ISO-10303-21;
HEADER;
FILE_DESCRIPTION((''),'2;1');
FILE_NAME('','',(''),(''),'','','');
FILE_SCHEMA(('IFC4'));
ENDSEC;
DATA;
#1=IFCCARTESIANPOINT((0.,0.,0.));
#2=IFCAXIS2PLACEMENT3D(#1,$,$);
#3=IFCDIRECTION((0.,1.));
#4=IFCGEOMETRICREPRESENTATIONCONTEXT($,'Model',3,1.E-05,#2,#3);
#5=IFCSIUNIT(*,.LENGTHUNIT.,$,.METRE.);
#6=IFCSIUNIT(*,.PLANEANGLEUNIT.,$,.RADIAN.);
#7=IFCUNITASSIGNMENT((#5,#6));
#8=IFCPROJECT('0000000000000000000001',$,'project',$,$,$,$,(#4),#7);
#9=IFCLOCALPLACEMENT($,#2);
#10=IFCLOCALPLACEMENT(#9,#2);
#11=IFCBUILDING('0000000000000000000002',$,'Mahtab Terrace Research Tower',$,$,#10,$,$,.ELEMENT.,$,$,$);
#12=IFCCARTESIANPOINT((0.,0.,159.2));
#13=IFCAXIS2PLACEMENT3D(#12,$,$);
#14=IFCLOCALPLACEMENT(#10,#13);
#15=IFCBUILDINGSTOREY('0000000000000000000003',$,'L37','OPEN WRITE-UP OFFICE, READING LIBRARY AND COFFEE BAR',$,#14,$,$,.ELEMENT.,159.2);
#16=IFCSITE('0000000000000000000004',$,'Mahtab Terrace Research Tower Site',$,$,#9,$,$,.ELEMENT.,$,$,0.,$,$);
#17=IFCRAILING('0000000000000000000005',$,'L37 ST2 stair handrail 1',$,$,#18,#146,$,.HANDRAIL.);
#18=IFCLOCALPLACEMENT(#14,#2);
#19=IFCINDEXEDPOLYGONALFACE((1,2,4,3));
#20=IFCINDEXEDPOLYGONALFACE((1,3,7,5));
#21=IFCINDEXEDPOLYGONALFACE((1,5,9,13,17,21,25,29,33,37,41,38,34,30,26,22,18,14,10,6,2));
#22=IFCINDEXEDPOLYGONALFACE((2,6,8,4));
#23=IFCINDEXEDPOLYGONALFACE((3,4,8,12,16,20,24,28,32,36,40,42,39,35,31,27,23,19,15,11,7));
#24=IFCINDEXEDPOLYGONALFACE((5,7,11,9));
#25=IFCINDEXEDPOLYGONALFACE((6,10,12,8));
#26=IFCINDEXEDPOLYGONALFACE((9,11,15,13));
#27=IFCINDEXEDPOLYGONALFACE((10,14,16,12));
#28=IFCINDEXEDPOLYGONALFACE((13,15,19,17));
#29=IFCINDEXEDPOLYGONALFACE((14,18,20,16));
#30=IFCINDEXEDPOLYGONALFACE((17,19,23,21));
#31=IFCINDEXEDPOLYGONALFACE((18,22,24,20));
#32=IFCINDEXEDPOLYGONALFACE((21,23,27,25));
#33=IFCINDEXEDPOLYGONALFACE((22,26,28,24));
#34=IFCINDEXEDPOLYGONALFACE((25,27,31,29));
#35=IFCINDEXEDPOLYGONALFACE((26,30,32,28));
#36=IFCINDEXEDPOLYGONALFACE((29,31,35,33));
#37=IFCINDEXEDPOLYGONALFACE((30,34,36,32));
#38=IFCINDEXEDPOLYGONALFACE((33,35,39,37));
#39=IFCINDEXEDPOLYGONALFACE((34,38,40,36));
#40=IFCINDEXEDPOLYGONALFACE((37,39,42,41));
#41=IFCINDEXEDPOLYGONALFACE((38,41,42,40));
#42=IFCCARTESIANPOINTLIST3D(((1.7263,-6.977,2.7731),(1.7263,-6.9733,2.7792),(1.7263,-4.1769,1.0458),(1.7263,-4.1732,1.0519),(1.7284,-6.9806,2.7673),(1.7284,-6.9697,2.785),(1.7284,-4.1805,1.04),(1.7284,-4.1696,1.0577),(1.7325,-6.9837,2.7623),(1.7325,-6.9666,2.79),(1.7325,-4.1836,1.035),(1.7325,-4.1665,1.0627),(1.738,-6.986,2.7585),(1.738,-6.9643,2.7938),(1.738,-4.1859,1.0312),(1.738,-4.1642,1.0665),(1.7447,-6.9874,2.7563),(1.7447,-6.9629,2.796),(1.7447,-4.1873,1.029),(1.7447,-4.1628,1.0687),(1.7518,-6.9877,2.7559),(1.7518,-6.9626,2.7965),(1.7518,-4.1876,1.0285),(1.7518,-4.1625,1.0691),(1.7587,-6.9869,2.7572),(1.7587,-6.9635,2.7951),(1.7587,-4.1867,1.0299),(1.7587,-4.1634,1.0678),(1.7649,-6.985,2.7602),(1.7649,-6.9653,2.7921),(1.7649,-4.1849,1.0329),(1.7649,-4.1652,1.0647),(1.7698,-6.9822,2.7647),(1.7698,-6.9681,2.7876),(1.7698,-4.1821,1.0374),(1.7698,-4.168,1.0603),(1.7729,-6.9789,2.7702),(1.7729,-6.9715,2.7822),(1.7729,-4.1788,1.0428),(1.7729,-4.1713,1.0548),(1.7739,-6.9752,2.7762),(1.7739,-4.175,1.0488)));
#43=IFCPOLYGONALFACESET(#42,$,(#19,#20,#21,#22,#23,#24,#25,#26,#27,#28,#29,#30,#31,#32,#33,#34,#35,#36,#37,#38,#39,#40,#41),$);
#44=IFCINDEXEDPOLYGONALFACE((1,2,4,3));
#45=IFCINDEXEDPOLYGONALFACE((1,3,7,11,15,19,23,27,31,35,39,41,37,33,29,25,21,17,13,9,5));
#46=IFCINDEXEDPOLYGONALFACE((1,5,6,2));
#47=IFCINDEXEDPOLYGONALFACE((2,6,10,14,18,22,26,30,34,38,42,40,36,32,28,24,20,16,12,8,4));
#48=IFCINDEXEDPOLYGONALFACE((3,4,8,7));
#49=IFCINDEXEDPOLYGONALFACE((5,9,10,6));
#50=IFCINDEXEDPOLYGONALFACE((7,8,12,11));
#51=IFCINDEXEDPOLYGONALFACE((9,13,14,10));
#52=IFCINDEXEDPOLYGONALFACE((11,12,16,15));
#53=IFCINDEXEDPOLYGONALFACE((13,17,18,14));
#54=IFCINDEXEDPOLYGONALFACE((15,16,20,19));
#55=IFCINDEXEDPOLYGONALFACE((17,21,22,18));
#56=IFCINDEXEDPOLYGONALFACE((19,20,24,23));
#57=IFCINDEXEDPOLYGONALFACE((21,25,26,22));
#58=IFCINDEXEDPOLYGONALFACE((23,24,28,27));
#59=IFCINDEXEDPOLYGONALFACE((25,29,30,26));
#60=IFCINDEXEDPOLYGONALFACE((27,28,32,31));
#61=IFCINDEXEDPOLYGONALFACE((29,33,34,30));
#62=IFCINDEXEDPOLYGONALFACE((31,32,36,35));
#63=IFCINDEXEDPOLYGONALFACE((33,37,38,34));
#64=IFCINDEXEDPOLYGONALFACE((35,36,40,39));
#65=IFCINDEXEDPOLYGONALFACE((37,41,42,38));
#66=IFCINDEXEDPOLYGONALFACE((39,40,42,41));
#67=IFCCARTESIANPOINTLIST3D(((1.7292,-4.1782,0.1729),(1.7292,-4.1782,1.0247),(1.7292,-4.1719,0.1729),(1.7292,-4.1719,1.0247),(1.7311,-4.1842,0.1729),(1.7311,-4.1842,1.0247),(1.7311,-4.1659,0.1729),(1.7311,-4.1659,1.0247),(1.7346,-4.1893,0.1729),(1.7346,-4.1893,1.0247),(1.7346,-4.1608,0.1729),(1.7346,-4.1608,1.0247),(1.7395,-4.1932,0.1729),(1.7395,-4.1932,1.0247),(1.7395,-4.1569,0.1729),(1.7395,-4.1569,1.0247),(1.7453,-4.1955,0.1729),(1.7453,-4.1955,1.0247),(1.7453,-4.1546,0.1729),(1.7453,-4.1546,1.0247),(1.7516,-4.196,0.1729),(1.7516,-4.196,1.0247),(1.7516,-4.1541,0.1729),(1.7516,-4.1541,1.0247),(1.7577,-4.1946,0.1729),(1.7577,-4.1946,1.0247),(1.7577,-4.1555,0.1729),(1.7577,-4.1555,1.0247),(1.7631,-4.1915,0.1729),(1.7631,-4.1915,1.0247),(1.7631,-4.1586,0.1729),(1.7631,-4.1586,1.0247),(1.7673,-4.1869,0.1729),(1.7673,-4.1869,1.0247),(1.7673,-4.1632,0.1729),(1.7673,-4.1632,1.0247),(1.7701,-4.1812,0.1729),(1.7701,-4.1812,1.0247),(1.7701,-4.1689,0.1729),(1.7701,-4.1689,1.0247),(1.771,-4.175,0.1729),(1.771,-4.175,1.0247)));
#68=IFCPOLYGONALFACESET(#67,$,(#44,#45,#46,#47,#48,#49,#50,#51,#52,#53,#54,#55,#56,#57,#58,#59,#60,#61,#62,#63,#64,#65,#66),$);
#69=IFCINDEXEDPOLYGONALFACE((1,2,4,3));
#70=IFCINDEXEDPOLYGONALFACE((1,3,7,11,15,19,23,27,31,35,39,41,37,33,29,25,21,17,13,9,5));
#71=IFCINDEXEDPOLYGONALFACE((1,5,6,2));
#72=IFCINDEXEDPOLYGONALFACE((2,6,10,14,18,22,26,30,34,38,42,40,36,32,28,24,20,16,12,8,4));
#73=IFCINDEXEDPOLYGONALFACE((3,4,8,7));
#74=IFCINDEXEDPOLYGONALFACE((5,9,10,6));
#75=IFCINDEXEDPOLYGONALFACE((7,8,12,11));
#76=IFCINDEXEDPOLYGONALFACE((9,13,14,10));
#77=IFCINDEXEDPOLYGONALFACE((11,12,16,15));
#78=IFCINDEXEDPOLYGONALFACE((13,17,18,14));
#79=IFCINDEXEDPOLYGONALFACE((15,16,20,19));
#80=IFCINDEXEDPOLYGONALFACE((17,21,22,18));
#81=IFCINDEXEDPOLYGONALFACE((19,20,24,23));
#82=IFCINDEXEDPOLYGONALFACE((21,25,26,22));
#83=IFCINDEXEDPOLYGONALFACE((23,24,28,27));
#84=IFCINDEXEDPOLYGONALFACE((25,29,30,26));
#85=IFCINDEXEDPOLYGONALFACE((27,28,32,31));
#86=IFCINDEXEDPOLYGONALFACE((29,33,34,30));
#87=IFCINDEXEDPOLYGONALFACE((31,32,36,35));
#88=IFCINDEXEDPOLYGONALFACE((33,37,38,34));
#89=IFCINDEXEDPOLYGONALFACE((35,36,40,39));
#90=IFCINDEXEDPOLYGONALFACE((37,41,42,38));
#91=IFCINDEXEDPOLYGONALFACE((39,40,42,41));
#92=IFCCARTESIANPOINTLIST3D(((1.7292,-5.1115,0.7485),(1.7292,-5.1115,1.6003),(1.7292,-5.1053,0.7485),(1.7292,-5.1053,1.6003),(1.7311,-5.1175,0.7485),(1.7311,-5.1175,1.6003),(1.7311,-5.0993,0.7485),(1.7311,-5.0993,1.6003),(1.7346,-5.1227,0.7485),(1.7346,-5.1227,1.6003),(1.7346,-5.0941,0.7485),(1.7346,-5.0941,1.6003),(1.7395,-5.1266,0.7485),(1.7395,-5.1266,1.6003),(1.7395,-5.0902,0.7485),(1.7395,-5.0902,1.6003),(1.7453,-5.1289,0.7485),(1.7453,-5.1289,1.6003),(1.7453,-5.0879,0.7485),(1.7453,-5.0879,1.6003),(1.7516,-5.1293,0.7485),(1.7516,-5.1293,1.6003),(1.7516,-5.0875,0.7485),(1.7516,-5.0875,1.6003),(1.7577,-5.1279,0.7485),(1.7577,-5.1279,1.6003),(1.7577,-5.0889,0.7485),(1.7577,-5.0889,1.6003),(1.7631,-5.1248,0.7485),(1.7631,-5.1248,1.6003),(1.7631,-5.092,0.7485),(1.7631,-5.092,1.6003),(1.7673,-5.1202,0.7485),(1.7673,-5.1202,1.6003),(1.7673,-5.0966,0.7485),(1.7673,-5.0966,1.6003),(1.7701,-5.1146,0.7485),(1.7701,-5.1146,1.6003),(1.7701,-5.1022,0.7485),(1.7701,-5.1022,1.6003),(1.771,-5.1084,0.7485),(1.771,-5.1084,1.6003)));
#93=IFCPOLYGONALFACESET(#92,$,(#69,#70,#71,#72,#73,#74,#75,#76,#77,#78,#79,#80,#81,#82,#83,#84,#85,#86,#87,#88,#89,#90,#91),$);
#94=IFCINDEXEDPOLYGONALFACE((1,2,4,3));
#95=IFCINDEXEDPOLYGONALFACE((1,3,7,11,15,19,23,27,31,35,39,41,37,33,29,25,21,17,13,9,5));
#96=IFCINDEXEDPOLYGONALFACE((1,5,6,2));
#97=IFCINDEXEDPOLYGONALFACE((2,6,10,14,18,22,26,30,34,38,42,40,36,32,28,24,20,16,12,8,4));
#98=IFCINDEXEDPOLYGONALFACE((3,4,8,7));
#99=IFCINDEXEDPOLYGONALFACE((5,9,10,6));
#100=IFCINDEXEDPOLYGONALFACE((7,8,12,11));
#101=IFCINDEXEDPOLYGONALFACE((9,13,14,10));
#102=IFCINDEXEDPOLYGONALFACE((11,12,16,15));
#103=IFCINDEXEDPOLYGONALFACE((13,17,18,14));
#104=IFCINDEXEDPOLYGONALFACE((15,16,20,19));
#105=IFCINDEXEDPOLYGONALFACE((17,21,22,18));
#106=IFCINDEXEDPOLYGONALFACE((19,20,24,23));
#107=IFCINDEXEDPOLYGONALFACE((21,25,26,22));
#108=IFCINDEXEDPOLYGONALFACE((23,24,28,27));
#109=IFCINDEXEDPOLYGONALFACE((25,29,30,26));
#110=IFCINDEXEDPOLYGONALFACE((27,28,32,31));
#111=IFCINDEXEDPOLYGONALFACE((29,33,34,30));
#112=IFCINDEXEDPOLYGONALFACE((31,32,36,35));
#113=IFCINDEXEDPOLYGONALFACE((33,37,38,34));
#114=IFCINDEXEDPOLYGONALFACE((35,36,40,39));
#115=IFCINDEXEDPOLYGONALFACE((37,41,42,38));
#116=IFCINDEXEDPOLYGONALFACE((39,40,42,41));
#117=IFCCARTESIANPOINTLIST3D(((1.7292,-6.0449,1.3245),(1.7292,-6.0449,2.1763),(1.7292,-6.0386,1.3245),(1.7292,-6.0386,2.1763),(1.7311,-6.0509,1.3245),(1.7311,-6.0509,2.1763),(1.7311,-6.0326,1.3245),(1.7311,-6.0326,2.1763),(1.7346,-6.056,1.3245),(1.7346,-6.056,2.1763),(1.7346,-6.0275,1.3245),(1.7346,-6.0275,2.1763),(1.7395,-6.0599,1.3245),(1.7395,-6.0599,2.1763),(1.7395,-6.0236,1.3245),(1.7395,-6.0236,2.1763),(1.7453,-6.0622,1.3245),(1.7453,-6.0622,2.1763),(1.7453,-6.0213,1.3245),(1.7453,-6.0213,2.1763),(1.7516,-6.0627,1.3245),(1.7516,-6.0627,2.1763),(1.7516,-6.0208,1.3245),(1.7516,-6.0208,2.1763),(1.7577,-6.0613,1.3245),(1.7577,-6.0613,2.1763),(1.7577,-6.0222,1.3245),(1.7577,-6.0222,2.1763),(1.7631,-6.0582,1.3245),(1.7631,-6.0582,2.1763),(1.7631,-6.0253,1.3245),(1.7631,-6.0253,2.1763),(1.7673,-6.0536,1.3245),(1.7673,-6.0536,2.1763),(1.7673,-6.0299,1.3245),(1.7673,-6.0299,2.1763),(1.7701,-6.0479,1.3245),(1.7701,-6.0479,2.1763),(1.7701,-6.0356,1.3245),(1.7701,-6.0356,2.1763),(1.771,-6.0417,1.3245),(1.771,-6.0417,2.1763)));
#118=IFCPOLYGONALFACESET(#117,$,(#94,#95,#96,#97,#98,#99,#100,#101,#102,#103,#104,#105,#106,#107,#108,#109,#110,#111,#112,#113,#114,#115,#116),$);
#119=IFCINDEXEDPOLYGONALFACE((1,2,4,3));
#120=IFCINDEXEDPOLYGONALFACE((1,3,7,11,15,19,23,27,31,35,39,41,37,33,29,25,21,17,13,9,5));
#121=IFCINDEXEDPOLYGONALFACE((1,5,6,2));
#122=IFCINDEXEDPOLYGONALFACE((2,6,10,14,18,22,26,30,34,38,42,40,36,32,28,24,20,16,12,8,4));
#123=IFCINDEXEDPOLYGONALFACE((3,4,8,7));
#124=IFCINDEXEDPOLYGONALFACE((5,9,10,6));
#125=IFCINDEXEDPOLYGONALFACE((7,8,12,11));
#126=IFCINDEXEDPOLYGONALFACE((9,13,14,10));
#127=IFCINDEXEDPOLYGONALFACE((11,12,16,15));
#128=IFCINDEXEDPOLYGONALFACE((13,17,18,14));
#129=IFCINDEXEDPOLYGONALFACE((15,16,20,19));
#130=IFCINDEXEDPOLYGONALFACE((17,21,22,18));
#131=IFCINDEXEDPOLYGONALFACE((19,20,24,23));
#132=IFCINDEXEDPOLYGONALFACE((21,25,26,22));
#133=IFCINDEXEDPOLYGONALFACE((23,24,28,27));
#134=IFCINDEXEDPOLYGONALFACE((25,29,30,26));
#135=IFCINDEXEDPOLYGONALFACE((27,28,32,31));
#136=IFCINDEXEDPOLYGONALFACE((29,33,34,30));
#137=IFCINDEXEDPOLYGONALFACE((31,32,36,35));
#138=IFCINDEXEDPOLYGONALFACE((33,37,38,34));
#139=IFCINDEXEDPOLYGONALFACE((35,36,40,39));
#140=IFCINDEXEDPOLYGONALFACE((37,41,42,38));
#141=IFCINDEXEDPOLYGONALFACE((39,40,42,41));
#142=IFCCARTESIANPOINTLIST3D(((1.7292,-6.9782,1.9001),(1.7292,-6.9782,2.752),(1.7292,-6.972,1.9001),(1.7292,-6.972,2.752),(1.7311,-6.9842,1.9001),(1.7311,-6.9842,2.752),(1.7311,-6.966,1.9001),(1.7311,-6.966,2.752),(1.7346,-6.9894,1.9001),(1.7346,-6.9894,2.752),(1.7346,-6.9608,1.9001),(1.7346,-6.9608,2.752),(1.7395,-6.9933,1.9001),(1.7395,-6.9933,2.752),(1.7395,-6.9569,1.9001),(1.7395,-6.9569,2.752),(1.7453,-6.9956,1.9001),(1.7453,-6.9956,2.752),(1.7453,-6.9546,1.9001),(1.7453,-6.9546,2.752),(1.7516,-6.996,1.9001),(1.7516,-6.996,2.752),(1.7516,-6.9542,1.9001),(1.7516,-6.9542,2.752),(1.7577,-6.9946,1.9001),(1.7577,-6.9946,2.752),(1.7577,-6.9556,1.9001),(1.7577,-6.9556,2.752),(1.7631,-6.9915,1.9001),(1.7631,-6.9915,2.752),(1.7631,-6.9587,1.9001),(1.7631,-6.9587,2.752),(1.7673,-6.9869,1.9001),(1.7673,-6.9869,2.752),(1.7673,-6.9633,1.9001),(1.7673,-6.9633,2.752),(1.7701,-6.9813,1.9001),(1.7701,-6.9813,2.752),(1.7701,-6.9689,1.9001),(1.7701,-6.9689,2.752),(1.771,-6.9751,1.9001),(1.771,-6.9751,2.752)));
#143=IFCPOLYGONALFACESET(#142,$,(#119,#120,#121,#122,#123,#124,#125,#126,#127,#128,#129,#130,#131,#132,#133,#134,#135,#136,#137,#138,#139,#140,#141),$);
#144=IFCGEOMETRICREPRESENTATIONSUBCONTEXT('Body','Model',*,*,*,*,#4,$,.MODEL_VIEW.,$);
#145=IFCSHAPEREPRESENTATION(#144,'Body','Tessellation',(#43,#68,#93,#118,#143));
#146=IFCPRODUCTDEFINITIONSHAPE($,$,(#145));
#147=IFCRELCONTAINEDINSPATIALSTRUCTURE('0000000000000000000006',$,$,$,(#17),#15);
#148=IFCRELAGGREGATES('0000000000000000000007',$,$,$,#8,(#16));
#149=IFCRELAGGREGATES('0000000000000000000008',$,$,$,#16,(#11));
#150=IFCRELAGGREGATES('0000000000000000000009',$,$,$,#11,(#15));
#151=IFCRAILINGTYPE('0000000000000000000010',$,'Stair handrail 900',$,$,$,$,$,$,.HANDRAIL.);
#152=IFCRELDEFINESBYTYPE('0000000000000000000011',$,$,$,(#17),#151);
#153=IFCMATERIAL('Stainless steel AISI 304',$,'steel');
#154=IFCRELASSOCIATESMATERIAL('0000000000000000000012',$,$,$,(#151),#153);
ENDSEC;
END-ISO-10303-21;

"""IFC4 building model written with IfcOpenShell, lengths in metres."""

from ifc_helpers import new_model, si_unit, direction, frame, origin, origin_2d, place, context, subcontext, project, spatial, circle, extrude, material, type_object, element, save


model = new_model("IFC4")

# Units and contexts
model_context = context("Model", 3, precision=1e-05, world=origin(), true_north=direction((0.0, 1.0)))
body_context = subcontext(model_context, "Body", "Model", "MODEL_VIEW")
ifc_project = project(units=[si_unit("LENGTHUNIT", "METRE"), si_unit("PLANEANGLEUNIT", "RADIAN")], contexts=[model_context])

# Site, building, storey
site_placement = place(None, origin())
site = spatial("IfcSite", under=ifc_project, at=site_placement, Name="Mahtab Terrace Research Tower Site", CompositionType="ELEMENT", RefElevation=0.0)
building_placement = place(site_placement, origin())
building = spatial("IfcBuilding", under=site, at=building_placement, Name="Mahtab Terrace Research Tower", CompositionType="ELEMENT")
storey_placement = place(building_placement, frame((0.0, 0.0, 159.2)))
storey = spatial("IfcBuildingStorey", under=building, at=storey_placement, Name="L37", Description="OPEN WRITE-UP OFFICE, READING LIBRARY AND COFFEE BAR", CompositionType="ELEMENT", Elevation=159.2)

# Railing
ifc_material_1 = material(Name="Stainless steel AISI 304", Category="steel")
railing_type_1 = type_object("IfcRailingType", Name="Stair handrail 900", PredefinedType="HANDRAIL", material=ifc_material_1)
railing_1_placement = place(storey_placement, frame((1.75, -4.175, 0.1729)))
element("IfcRailing", 1, at=railing_1_placement, inside=storey, type_object=railing_type_1, Name="L37 ST2 stair handrail 1", PredefinedType="HANDRAIL", context=body_context, shape_type="SweptSolid", body=[
    extrude(circle(Radius=0.0239, at=origin_2d()), frame((0.0, 0.0, 0.876), z_axis=(0.0, -0.85109, 0.52502), x_axis=(1.0, 0.0, 0.0)), (0.0, 0.0, 1.0), 3.29),
    extrude(circle(Radius=0.021, at=origin_2d()), origin(), (0.0, 0.0, 1.0), 0.8518),
    extrude(circle(Radius=0.021, at=origin_2d()), frame((0.0, -0.9333, 0.5757)), (0.0, 0.0, 1.0), 0.8518),
    extrude(circle(Radius=0.021, at=origin_2d()), frame((0.0, -1.8667, 1.1516)), (0.0, 0.0, 1.0), 0.8518),
    extrude(circle(Radius=0.021, at=origin_2d()), frame((0.0, -2.8, 1.7273)), (0.0, 0.0, 1.0), 0.8518),
])

save(model, "model.ifc")
